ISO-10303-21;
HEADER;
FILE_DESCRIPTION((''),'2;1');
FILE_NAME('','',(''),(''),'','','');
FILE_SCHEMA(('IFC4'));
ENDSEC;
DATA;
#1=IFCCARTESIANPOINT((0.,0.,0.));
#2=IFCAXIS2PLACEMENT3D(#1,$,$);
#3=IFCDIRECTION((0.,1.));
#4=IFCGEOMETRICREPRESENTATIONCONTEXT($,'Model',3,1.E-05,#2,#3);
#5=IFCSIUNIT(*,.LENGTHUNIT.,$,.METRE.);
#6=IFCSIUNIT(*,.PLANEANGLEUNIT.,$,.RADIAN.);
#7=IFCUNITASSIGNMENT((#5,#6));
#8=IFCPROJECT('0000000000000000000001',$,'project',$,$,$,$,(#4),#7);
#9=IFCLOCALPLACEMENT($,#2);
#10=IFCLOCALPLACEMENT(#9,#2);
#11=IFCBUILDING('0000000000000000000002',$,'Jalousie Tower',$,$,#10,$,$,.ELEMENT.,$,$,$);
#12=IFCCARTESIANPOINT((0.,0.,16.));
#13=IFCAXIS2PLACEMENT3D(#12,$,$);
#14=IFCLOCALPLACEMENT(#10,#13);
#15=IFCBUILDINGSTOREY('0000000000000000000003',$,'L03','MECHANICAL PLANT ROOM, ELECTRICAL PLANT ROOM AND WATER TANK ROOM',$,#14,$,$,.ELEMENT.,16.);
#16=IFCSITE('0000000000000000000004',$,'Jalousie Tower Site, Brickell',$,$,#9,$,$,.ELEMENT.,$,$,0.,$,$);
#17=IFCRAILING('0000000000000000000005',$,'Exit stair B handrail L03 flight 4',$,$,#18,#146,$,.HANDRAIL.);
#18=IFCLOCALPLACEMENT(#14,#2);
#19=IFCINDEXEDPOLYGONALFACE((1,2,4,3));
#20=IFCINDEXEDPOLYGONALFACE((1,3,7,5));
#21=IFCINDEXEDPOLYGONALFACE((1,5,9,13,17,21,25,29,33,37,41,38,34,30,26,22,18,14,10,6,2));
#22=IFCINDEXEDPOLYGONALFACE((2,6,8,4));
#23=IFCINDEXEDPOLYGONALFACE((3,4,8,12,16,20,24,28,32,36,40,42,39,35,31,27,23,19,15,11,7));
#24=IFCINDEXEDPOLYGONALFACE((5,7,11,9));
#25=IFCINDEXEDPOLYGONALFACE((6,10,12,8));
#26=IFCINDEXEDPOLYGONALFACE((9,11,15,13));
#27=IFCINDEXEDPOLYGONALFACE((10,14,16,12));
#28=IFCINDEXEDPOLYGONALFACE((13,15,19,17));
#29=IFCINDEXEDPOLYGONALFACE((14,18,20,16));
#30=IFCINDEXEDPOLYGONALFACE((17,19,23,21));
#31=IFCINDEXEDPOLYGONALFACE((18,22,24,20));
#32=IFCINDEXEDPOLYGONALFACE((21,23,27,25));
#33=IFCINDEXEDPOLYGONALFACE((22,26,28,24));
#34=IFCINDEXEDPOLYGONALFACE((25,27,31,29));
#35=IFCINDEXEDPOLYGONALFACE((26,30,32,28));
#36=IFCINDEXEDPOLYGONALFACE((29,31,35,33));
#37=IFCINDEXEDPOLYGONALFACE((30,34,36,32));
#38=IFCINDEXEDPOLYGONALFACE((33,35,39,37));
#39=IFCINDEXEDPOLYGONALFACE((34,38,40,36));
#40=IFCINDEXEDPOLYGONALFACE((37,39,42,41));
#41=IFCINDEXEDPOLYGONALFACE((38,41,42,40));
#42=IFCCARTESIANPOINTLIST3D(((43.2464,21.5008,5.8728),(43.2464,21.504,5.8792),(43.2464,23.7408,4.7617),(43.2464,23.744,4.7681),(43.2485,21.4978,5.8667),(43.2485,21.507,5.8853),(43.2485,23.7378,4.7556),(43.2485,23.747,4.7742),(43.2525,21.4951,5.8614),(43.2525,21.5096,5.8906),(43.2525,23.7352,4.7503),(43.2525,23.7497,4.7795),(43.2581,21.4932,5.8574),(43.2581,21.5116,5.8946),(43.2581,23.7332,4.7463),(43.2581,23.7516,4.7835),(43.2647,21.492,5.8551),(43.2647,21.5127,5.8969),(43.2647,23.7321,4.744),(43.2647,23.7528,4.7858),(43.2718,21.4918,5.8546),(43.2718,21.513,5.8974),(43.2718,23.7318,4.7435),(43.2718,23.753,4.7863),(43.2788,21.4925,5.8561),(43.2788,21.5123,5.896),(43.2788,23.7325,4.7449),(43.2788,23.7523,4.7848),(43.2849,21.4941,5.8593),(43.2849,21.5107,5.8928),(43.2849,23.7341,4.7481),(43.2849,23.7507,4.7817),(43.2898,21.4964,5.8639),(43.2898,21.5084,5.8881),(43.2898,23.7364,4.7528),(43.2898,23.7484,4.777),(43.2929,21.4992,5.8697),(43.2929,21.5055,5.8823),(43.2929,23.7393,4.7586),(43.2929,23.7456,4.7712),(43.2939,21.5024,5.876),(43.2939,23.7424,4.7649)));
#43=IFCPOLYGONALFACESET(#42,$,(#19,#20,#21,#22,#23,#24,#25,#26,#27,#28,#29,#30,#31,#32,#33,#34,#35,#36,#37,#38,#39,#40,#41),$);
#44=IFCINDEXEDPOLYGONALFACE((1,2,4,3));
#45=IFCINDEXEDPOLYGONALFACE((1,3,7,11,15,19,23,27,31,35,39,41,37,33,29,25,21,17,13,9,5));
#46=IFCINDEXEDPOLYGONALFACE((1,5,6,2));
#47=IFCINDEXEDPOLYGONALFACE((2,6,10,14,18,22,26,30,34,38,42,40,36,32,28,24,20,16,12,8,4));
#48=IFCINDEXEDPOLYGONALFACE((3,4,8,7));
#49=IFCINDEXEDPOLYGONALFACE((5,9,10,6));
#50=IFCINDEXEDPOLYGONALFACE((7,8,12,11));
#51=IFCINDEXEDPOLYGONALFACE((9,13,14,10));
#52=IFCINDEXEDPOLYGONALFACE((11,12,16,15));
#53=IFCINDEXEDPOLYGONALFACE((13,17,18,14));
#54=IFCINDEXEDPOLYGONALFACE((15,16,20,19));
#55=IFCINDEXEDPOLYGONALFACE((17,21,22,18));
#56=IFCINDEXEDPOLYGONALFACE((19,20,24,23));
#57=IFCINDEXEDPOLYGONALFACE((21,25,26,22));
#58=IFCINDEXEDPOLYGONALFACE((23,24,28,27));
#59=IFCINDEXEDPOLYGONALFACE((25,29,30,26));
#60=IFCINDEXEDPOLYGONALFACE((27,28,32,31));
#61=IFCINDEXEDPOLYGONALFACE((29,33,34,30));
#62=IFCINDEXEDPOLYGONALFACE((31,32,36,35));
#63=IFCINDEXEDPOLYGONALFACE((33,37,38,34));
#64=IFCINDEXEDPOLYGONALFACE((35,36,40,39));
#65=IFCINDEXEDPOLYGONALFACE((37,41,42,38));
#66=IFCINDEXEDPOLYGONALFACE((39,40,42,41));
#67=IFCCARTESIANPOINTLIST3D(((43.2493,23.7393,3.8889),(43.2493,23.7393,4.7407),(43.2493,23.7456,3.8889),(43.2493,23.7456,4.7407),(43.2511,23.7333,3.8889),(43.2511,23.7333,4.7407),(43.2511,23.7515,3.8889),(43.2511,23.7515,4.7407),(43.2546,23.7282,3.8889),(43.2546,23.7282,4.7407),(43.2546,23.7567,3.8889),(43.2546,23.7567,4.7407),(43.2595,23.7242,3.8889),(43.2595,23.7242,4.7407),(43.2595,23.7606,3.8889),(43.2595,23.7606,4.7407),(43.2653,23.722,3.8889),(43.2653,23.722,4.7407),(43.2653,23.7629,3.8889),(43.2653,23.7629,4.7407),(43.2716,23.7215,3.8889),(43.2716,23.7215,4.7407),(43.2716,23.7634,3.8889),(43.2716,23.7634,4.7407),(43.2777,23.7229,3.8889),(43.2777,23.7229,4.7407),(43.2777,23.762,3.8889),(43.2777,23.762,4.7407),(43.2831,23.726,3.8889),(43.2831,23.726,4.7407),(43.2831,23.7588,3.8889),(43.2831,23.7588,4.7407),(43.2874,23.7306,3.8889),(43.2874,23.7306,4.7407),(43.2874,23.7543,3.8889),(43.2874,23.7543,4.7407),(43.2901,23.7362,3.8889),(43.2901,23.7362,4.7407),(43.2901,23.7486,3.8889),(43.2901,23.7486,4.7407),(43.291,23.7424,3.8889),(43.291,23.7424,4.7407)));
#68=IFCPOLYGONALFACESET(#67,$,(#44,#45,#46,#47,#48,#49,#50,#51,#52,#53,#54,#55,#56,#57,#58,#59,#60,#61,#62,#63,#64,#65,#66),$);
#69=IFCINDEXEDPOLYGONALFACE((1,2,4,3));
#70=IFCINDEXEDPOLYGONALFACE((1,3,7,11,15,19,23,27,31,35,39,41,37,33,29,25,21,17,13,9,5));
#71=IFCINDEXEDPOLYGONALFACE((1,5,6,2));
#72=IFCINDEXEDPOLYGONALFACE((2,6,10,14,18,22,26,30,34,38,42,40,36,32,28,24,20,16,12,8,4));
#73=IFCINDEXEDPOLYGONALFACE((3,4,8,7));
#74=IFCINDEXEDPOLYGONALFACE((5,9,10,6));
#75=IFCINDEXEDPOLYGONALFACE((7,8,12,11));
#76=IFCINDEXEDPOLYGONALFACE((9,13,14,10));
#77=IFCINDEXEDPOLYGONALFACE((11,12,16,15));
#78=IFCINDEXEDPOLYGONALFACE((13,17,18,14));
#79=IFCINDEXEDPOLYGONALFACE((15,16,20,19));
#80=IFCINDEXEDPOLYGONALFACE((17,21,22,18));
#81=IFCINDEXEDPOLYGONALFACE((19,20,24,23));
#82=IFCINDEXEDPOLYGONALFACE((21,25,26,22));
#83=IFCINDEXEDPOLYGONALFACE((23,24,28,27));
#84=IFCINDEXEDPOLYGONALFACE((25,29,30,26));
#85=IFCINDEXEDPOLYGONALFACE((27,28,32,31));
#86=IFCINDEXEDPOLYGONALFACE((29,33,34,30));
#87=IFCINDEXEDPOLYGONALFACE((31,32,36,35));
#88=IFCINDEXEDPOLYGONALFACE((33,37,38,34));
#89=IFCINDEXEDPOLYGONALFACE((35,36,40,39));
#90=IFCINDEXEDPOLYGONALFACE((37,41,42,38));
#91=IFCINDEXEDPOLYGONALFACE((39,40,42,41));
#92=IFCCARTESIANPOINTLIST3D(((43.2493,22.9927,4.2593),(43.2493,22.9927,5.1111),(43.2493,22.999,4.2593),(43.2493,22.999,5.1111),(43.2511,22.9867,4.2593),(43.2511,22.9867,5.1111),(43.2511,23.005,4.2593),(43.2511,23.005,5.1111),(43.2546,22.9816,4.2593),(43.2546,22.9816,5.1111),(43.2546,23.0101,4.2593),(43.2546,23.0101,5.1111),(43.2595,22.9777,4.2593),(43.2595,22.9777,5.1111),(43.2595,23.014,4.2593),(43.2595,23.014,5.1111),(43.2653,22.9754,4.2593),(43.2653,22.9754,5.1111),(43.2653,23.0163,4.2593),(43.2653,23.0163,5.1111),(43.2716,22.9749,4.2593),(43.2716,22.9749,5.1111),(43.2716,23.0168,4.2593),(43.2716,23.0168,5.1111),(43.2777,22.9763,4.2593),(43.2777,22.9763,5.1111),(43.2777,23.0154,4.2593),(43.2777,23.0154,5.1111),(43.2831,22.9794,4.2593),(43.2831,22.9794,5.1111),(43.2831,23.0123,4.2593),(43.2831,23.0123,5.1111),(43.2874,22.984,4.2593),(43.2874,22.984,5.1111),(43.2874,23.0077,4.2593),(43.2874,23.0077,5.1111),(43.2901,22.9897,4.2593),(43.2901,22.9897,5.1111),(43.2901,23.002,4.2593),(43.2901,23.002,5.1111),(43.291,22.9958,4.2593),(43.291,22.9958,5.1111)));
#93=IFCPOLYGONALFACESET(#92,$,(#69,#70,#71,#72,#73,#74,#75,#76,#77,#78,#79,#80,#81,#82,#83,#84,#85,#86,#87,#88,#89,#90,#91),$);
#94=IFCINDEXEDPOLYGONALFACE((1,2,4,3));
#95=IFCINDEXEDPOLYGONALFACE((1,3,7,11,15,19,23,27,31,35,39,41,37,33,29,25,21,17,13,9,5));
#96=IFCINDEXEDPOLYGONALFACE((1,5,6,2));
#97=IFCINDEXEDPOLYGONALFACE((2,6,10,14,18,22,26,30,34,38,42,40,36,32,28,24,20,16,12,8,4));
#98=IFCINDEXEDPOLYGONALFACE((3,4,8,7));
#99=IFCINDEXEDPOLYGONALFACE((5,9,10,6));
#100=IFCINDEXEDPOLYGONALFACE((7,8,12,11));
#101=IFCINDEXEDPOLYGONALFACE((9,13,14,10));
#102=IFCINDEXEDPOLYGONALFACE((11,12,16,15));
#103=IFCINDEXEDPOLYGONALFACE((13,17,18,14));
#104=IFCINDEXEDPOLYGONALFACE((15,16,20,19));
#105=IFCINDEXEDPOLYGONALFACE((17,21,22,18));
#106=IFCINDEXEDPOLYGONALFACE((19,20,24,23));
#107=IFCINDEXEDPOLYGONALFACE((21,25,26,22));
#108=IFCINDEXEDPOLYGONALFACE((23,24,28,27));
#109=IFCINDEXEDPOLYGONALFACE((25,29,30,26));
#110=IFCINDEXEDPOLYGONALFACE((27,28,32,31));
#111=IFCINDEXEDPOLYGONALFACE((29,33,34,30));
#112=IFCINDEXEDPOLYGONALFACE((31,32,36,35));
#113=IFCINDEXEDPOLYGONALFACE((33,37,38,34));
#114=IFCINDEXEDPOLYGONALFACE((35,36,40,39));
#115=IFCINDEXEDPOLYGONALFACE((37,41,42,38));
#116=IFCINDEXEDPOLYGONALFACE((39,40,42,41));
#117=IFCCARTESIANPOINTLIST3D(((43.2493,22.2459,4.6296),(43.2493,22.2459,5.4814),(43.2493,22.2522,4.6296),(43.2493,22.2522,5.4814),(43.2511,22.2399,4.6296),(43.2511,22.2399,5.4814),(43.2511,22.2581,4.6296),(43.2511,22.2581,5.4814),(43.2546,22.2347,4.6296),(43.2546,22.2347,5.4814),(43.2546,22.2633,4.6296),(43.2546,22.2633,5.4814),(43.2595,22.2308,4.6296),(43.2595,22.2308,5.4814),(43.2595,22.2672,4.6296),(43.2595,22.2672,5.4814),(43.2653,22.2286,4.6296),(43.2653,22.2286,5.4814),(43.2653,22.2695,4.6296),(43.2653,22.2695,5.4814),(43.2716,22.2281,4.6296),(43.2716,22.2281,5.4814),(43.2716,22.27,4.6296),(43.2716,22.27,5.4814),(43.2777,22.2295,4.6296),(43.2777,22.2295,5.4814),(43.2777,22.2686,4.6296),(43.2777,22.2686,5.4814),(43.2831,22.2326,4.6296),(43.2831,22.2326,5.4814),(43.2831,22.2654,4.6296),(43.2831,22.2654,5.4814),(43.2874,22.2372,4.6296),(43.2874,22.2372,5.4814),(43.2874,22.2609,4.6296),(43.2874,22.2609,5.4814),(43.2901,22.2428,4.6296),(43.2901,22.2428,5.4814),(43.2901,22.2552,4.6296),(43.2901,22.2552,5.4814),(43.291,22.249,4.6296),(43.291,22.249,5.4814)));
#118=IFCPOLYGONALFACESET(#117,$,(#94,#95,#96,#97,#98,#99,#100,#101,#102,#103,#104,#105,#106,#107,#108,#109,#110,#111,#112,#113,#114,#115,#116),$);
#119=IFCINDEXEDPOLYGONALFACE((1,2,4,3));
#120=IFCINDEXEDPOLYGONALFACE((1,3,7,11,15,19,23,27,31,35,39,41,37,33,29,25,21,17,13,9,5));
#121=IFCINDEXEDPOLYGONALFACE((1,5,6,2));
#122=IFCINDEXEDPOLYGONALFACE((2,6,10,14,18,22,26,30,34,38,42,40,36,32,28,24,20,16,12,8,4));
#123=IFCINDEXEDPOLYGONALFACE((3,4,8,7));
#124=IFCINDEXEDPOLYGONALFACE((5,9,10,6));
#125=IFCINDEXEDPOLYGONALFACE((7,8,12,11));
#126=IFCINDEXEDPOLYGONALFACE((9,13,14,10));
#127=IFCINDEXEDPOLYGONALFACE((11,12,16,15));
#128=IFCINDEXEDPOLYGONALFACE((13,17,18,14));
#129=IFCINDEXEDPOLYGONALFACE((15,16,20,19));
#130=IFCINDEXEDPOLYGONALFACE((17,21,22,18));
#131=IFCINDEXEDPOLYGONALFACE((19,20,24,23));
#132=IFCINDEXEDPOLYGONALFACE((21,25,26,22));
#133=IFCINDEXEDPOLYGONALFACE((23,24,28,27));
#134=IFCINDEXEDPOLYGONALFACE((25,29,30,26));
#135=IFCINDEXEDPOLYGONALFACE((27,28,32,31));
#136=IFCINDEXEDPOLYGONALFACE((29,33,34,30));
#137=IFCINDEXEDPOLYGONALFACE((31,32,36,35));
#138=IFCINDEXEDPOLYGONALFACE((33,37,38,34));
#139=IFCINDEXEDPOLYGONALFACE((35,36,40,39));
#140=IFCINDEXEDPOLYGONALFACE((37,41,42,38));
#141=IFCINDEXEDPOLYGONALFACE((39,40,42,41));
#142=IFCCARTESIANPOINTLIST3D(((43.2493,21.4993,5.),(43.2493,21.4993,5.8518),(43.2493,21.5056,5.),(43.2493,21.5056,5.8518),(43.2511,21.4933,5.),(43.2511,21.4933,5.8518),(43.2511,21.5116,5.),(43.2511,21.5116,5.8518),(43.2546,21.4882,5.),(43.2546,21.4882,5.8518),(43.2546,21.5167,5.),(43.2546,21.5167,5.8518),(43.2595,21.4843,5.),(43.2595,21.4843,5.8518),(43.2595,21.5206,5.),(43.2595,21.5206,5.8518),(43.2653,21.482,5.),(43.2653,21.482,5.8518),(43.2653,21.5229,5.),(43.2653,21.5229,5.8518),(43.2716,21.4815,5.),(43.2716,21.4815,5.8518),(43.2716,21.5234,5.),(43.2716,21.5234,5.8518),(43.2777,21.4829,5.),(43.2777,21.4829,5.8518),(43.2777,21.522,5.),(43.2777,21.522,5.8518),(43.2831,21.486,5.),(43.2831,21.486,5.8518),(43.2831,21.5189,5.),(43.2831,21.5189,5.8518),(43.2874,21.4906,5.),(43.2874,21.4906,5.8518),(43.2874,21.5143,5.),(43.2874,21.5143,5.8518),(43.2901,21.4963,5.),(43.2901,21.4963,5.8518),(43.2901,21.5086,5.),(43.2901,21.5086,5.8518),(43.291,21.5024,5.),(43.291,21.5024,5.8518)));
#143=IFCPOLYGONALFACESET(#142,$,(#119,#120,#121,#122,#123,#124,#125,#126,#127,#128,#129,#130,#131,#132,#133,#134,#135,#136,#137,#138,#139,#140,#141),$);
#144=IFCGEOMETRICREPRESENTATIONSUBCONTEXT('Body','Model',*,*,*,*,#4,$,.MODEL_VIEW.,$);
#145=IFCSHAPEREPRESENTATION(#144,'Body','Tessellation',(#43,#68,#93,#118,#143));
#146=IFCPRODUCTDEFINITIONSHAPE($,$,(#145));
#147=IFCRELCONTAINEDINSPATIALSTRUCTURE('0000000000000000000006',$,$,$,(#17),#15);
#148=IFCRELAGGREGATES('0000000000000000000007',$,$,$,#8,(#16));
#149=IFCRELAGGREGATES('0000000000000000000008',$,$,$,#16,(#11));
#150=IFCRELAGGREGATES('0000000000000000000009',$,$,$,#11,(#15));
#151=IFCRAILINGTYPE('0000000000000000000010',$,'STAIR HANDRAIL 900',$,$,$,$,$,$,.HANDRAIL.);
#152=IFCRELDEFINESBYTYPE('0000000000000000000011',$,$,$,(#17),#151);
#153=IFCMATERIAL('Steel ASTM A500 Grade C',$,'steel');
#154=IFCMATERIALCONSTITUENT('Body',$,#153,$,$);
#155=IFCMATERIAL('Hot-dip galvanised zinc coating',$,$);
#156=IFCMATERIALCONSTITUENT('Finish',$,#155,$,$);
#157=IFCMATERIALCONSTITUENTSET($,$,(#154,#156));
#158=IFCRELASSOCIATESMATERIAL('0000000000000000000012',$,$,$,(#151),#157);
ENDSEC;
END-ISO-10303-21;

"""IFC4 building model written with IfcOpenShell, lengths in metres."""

from ifc_helpers import new_model, si_unit, direction, frame, origin, origin_2d, place, context, subcontext, project, spatial, circle, extrude, material, constituent, constituent_set, type_object, element, save


model = new_model("IFC4")

# Units and contexts
model_context = context("Model", 3, precision=1e-05, world=origin(), true_north=direction((0.0, 1.0)))
body_context = subcontext(model_context, "Body", "Model", "MODEL_VIEW")
ifc_project = project(units=[si_unit("LENGTHUNIT", "METRE"), si_unit("PLANEANGLEUNIT", "RADIAN")], contexts=[model_context])

# Site, building, storey
site_placement = place(None, origin())
site = spatial("IfcSite", under=ifc_project, at=site_placement, Name="Jalousie Tower Site, Brickell", CompositionType="ELEMENT", RefElevation=0.0)
building_placement = place(site_placement, origin())
building = spatial("IfcBuilding", under=site, at=building_placement, Name="Jalousie Tower", CompositionType="ELEMENT")
storey_placement = place(building_placement, frame((0.0, 0.0, 16.0)))
storey = spatial("IfcBuildingStorey", under=building, at=storey_placement, Name="L03", Description="MECHANICAL PLANT ROOM, ELECTRICAL PLANT ROOM AND WATER TANK ROOM", CompositionType="ELEMENT", Elevation=16.0)

# Railing
ifc_material_1 = material(Name="Steel ASTM A500 Grade C", Category="steel")
ifc_constituent_1 = constituent(ifc_material_1, Name="Body")
ifc_material_2 = material(Name="Hot-dip galvanised zinc coating")
ifc_constituent_2 = constituent(ifc_material_2, Name="Finish")
ifc_constituent_set_1 = constituent_set(constituents=[ifc_constituent_1, ifc_constituent_2])
railing_type_1 = type_object("IfcRailingType", Name="STAIR HANDRAIL 900", PredefinedType="HANDRAIL", material=ifc_constituent_set_1)
for number, where, name in (
    (1, (43.27, 23.7424, 3.8889), "Exit stair B handrail L03 flight 4"),
):
    element("IfcRailing", number, at=place(storey_placement, frame(where)), inside=storey, type_object=railing_type_1, Name=name, PredefinedType="HANDRAIL", context=body_context, shape_type="SweptSolid", body=[
        extrude(circle(Radius=0.0239, at=origin_2d()), frame((0.0, 0.0, 0.876), z_axis=(0.0, -0.895848, 0.44436), x_axis=(1.0, 0.0, 0.0)), (0.0, 0.0, 1.0), 2.5005),
        extrude(circle(Radius=0.021, at=origin_2d()), origin(), (0.0, 0.0, 1.0), 0.8518),
        extrude(circle(Radius=0.021, at=origin_2d()), frame((0.0, -0.7466, 0.3704)), (0.0, 0.0, 1.0), 0.8518),
        extrude(circle(Radius=0.021, at=origin_2d()), frame((0.0, -1.4934, 0.7407)), (0.0, 0.0, 1.0), 0.8518),
        extrude(circle(Radius=0.021, at=origin_2d()), frame((0.0, -2.24, 1.1111)), (0.0, 0.0, 1.0), 0.8518),
    ])

save(model, "model.ifc")
